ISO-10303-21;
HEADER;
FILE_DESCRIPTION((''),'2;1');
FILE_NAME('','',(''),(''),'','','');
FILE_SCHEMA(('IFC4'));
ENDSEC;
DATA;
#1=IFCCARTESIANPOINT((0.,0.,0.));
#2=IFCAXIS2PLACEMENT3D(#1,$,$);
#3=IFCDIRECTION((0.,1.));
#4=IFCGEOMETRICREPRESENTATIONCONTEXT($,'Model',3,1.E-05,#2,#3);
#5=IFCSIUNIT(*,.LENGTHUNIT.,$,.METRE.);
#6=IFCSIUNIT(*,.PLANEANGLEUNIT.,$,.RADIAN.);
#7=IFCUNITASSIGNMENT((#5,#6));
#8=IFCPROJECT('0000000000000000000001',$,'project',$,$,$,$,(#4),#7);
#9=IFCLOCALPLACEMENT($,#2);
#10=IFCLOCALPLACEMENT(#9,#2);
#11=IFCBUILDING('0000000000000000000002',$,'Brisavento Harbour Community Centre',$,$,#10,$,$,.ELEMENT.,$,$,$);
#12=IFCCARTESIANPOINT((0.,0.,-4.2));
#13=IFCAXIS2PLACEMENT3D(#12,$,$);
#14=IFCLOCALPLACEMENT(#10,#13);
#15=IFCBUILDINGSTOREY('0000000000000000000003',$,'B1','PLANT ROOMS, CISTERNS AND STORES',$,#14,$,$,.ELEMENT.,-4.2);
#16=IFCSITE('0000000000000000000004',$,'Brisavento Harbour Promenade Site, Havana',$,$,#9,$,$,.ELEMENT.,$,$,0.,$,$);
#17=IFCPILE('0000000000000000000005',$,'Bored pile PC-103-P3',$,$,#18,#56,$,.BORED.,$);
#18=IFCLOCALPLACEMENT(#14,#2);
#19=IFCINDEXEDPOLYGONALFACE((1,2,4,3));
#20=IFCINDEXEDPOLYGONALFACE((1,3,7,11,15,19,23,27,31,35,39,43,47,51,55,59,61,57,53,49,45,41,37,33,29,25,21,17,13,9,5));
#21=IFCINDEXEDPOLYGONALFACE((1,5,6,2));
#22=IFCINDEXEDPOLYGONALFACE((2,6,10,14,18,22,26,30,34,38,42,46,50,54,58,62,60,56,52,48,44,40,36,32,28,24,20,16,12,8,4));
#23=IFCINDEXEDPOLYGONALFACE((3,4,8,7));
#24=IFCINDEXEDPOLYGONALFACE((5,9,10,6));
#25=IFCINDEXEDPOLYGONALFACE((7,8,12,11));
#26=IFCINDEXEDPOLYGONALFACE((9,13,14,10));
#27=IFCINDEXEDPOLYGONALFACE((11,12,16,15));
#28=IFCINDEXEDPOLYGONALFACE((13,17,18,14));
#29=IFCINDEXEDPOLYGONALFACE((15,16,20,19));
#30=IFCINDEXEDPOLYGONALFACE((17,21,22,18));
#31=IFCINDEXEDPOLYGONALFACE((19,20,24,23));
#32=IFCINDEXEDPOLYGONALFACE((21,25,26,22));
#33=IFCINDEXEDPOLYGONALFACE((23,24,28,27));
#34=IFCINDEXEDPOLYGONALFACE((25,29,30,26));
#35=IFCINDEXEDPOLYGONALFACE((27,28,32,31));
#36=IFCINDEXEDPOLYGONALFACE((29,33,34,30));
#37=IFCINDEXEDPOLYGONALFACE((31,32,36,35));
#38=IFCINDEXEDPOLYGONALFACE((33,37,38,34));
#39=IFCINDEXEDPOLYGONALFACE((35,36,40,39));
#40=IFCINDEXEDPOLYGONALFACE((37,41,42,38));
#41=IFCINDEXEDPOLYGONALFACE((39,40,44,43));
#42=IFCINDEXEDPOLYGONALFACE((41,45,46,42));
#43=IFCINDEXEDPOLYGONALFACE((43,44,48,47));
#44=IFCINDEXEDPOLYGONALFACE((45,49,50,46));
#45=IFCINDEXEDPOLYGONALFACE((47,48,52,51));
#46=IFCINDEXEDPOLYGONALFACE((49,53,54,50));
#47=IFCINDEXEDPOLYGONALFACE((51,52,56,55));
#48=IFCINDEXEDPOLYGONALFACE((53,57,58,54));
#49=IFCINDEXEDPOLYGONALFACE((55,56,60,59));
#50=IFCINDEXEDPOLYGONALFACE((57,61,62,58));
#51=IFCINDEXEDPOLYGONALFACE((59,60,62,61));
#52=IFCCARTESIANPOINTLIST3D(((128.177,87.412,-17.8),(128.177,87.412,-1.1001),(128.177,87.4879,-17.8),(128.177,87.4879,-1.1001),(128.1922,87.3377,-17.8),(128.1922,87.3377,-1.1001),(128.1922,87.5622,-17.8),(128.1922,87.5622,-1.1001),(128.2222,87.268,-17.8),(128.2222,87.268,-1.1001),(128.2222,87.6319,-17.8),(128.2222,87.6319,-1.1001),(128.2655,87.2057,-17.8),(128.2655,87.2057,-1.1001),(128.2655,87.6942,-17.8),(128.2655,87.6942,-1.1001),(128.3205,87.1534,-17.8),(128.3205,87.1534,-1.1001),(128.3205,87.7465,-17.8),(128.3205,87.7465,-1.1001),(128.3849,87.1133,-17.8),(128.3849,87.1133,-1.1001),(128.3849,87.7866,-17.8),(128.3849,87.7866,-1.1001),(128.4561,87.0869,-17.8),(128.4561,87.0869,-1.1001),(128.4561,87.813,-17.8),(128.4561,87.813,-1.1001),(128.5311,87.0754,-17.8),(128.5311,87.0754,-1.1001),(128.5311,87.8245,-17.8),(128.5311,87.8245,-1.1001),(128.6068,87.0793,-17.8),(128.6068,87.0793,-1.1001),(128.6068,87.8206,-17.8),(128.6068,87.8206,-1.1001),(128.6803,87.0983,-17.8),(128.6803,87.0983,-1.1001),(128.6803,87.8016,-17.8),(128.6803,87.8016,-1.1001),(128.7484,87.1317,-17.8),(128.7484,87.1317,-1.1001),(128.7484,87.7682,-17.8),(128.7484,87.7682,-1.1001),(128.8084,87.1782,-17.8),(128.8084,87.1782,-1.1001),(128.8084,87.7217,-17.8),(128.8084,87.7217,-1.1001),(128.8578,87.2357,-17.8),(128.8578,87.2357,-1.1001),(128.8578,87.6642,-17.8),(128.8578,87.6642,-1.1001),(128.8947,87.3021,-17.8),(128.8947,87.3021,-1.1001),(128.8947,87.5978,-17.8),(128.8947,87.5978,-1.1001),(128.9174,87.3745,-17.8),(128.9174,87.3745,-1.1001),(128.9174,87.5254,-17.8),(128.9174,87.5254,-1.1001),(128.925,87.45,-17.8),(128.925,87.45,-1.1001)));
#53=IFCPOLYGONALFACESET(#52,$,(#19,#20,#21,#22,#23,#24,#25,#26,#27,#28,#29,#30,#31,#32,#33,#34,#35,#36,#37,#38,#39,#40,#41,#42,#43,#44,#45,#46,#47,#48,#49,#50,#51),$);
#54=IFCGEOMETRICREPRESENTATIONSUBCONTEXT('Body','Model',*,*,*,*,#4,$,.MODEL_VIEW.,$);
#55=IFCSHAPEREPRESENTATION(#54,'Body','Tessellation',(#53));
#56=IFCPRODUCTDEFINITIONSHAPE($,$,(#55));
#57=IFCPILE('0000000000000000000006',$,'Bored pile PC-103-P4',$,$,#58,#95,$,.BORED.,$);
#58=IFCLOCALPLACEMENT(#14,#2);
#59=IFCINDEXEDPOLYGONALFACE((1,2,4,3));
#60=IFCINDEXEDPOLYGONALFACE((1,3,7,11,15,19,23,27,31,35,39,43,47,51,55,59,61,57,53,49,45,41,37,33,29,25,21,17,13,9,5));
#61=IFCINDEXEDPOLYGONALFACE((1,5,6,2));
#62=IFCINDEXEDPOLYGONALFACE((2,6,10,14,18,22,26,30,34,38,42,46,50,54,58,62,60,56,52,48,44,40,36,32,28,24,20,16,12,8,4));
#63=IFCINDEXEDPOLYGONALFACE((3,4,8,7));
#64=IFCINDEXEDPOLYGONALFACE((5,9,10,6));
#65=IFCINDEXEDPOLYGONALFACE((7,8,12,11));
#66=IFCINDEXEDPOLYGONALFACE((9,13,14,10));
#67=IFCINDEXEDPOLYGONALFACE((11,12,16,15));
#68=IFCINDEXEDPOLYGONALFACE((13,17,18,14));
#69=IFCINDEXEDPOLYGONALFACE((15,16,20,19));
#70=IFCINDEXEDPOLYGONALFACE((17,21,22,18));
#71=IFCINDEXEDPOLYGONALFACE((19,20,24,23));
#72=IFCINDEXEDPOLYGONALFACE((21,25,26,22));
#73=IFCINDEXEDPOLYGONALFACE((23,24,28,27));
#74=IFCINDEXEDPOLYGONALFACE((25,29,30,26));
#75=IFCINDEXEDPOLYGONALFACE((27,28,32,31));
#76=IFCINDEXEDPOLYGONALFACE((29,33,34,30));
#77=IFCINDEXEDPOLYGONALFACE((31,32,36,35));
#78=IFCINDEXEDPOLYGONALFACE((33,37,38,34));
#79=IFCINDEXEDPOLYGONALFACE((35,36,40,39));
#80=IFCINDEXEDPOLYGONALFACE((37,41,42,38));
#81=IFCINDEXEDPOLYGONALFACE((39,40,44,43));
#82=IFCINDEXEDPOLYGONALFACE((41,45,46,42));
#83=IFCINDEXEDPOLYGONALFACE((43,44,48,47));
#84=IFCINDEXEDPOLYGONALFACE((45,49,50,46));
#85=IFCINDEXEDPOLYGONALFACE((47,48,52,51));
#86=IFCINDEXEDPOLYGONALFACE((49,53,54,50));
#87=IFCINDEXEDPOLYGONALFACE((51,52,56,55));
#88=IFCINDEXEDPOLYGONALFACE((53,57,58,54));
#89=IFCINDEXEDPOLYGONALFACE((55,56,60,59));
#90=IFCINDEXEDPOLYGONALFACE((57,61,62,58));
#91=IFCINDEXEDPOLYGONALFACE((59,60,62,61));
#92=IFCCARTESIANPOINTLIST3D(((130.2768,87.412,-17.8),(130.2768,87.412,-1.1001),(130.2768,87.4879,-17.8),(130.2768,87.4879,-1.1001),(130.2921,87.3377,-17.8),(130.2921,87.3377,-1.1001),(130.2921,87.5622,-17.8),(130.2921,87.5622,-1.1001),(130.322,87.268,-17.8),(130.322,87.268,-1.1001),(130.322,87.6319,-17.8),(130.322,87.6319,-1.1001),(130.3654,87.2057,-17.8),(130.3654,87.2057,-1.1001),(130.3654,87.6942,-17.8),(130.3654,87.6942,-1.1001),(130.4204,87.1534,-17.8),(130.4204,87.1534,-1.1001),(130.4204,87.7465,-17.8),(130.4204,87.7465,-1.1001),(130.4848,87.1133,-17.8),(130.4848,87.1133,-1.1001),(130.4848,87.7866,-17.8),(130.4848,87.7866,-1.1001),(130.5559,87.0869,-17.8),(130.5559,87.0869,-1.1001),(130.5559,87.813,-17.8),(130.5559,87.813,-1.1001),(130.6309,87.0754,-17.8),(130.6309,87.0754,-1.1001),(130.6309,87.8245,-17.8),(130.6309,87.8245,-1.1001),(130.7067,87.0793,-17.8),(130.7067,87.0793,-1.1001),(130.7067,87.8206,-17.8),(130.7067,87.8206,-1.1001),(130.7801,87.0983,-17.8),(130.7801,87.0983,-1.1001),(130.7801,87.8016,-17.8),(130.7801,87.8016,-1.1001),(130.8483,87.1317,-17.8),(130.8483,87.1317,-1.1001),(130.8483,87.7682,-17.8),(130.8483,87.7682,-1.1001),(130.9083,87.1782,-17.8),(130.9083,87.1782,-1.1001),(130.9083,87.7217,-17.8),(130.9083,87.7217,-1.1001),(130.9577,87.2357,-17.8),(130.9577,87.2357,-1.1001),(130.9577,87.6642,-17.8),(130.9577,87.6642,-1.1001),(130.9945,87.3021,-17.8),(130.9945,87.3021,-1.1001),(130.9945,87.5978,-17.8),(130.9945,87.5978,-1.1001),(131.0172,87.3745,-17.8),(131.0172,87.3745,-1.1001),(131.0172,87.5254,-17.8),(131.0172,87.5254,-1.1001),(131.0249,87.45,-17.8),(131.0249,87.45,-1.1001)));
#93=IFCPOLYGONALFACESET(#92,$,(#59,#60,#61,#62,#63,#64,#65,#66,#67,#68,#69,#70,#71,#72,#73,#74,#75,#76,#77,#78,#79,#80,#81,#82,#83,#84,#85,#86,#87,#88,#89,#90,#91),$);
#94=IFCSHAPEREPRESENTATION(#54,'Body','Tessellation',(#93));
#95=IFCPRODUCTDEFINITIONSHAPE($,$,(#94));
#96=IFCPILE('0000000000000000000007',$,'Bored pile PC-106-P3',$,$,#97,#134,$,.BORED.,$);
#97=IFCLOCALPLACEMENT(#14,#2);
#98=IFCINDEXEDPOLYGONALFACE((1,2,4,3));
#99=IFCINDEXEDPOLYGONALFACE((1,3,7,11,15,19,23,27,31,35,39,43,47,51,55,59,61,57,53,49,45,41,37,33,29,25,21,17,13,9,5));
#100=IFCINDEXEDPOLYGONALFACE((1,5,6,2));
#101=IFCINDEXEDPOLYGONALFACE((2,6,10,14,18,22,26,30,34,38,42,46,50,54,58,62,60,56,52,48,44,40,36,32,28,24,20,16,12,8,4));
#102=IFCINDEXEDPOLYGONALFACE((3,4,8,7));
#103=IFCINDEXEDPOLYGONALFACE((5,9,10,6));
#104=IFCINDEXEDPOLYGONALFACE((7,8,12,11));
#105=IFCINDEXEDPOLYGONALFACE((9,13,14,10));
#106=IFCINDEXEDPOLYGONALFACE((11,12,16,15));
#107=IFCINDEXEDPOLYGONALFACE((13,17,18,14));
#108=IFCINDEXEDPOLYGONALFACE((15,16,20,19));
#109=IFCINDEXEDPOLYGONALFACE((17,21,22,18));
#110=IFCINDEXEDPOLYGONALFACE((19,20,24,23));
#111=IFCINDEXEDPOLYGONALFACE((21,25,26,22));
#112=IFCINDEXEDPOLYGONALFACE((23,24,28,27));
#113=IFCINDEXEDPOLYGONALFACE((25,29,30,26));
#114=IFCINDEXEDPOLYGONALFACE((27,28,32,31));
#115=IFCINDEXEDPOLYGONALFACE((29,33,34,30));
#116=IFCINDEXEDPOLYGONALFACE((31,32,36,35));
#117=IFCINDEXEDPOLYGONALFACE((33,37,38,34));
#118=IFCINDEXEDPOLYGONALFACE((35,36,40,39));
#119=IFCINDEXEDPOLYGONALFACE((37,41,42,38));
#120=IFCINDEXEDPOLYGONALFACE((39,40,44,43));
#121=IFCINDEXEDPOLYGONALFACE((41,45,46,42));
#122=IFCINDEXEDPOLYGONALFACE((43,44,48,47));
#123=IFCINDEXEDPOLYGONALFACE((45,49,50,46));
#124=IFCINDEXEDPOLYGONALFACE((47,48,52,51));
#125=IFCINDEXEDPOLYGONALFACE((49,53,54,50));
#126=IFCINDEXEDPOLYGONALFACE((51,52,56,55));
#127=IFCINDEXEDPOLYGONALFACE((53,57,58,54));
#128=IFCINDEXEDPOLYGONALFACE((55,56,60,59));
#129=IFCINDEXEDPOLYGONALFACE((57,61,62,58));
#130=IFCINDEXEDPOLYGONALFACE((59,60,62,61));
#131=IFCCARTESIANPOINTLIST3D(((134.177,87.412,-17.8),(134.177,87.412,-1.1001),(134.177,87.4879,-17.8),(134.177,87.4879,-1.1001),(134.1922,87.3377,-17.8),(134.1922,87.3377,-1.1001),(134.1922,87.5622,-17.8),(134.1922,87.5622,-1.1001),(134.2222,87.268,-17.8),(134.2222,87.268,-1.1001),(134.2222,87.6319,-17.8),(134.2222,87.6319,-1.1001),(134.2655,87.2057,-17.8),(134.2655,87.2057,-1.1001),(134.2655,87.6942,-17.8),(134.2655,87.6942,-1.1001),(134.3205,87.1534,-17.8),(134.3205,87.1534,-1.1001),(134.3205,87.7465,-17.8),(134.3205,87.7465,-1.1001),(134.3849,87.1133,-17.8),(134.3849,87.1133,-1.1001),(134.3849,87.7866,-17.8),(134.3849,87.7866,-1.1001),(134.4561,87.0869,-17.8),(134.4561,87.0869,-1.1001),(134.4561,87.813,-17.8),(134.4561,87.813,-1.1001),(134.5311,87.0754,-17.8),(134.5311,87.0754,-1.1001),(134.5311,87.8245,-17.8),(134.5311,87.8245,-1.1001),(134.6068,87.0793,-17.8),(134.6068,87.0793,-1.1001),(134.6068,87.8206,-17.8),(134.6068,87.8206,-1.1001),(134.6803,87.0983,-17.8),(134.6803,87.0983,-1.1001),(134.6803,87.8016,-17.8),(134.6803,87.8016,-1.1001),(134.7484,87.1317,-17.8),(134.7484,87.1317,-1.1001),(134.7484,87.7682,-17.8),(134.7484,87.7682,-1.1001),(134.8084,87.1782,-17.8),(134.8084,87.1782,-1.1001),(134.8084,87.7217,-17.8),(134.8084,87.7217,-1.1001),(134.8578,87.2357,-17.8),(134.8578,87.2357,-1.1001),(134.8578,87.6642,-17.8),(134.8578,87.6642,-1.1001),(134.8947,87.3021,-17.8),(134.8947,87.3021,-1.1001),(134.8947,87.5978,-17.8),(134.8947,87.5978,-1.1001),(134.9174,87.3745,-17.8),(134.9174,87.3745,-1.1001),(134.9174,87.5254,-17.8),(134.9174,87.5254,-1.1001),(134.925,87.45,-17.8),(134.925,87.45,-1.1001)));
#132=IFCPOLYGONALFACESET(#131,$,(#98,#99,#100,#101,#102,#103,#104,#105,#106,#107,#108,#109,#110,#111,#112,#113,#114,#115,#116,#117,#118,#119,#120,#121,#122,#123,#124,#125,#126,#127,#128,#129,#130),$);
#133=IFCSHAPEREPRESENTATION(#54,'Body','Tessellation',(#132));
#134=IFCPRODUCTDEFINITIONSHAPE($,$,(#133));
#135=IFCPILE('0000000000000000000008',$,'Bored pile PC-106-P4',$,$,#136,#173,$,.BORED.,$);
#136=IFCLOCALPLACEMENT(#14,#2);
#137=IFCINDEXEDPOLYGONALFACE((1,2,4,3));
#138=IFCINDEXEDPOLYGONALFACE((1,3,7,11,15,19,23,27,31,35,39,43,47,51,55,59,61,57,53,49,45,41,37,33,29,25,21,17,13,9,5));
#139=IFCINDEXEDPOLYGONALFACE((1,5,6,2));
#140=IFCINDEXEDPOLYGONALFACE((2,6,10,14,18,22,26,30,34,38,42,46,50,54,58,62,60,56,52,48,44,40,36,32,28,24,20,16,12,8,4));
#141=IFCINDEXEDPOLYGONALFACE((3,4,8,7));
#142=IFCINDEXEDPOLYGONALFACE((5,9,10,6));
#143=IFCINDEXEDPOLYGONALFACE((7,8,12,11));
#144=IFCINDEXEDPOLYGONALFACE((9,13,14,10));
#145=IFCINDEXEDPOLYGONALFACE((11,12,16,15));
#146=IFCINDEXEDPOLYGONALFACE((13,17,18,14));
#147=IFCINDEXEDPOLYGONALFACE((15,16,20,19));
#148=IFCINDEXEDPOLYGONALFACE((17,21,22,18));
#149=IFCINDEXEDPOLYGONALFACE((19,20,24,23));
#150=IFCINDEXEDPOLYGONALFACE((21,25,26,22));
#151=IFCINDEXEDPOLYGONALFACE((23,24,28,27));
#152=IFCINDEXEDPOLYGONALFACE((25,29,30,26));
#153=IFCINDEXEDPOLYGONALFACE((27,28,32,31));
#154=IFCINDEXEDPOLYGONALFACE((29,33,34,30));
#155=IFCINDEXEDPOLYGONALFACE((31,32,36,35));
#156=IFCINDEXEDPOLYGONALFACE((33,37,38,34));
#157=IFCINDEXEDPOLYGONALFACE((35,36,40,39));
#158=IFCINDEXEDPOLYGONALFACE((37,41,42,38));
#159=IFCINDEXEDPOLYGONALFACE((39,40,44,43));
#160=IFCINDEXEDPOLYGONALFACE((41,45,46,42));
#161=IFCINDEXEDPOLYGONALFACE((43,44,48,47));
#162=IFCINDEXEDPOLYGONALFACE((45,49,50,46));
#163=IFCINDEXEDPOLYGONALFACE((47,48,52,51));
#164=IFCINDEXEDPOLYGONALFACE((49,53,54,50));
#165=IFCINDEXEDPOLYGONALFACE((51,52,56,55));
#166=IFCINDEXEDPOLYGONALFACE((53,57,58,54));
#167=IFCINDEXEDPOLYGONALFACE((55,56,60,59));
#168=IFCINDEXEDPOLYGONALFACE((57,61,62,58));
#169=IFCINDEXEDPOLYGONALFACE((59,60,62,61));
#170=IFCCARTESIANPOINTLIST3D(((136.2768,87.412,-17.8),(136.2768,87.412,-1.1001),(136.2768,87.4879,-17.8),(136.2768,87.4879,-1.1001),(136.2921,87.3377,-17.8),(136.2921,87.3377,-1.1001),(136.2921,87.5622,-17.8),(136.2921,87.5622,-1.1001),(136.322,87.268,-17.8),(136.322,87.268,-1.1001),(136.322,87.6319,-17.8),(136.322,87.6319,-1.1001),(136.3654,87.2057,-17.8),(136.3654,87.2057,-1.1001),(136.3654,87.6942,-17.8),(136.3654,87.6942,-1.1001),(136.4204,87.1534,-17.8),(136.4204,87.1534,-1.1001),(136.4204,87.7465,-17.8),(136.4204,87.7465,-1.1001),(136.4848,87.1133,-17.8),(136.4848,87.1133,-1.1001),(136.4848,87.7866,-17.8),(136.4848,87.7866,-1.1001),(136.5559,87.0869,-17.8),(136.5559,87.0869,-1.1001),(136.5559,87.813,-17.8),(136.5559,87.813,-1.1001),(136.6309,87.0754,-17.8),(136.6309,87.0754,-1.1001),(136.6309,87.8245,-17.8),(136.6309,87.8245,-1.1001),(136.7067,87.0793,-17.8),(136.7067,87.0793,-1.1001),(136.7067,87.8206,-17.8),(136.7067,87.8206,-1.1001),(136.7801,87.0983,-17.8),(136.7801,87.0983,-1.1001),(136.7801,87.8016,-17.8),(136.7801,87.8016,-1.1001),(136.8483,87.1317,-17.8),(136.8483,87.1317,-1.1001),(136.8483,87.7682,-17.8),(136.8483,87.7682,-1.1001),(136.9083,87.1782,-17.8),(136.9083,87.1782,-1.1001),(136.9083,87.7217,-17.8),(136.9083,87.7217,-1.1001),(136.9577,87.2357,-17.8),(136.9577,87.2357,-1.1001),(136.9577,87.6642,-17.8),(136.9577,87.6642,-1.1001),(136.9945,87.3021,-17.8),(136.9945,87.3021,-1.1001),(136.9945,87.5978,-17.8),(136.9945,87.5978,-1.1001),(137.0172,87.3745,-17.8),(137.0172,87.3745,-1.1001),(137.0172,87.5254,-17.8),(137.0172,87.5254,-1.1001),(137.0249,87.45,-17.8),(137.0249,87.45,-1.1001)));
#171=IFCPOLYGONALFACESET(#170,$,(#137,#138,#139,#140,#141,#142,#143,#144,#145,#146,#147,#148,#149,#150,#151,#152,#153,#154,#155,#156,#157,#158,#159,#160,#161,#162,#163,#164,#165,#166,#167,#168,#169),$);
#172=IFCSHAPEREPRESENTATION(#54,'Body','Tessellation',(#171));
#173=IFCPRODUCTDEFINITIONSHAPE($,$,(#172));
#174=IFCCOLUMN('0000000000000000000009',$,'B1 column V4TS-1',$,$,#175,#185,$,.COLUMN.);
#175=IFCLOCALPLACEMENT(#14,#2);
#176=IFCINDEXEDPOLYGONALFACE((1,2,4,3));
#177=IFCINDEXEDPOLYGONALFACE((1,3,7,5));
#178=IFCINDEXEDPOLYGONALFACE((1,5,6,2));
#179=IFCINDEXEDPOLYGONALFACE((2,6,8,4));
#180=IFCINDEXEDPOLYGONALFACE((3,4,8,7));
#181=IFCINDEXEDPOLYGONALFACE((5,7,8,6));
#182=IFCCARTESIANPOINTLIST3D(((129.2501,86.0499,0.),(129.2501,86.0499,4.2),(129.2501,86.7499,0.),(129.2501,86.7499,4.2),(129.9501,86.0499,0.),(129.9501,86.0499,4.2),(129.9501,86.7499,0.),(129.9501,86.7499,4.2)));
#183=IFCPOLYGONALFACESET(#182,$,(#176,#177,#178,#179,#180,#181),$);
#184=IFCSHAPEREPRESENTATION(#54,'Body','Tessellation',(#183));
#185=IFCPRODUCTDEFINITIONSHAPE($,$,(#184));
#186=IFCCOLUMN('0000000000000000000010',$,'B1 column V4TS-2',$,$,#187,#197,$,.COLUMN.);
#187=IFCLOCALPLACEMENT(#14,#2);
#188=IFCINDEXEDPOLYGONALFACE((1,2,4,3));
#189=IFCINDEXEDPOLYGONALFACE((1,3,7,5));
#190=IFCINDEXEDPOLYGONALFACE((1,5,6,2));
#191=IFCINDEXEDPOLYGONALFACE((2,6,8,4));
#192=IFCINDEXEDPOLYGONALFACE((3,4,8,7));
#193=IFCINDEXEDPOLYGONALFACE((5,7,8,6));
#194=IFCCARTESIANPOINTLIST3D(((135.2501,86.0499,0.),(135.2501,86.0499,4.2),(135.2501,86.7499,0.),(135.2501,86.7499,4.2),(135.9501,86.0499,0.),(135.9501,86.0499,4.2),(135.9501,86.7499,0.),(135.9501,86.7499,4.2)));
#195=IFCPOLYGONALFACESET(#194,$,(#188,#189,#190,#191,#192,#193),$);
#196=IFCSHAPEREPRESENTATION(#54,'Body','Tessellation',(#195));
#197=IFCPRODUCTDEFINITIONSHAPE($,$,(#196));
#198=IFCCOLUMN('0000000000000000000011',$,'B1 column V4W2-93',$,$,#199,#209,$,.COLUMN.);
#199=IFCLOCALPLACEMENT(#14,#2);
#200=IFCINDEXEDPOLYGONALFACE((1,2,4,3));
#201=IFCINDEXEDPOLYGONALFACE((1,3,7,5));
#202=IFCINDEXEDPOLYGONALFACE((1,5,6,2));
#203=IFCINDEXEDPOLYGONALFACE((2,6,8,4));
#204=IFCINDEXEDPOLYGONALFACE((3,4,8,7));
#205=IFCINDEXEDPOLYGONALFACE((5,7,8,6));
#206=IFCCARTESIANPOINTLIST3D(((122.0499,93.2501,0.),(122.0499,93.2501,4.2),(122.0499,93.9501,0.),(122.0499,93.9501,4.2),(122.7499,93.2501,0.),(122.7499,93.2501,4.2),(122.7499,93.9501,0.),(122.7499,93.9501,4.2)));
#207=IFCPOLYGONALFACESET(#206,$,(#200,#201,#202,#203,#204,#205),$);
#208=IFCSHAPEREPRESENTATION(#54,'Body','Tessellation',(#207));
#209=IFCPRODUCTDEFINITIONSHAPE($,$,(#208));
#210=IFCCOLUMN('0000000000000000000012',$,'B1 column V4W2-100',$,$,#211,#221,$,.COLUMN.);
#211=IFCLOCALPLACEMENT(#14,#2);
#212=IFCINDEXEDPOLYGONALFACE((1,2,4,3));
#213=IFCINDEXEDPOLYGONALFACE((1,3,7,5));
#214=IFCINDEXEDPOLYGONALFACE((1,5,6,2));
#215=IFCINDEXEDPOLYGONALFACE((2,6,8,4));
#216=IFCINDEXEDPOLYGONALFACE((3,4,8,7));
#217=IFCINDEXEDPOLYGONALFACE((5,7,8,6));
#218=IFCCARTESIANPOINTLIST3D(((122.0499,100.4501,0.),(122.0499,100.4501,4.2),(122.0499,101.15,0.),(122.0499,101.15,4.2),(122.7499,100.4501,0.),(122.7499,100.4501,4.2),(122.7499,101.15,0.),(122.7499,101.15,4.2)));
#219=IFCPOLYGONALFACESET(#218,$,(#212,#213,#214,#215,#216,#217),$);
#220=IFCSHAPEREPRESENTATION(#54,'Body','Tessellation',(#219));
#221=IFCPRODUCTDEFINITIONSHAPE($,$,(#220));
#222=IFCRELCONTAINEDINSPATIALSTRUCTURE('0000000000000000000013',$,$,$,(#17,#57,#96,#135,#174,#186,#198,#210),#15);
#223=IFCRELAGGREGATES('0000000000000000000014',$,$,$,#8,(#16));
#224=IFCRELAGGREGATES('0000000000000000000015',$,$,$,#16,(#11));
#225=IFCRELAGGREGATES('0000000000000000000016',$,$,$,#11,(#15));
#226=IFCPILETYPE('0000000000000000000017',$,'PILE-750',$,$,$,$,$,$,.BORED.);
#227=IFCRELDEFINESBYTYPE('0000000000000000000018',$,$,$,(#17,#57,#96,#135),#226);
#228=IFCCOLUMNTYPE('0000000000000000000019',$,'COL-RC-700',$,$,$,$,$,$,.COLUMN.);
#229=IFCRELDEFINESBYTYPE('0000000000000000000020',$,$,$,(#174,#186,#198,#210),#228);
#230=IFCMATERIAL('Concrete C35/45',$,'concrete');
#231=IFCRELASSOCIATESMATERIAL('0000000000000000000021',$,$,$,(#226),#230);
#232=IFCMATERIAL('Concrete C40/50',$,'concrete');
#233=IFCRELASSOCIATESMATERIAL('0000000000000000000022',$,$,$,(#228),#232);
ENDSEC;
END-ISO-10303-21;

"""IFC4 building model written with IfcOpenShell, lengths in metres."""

from ifc_helpers import new_model, si_unit, direction, frame, origin, origin_2d, place, context, subcontext, project, spatial, rectangle, circle, extrude, material, material_profile, profile_set, type_object, element, save


model = new_model("IFC4")

# Units and contexts
model_context = context("Model", 3, precision=1e-05, world=origin(), true_north=direction((0.0, 1.0)))
body_context = subcontext(model_context, "Body", "Model", "MODEL_VIEW")
ifc_project = project(units=[si_unit("LENGTHUNIT", "METRE"), si_unit("PLANEANGLEUNIT", "RADIAN")], contexts=[model_context])

# Site, building, storey
site_placement = place(None, origin())
site = spatial("IfcSite", under=ifc_project, at=site_placement, Name="Brisavento Harbour Promenade Site, Havana", CompositionType="ELEMENT", RefElevation=0.0)
building_placement = place(site_placement, origin())
building = spatial("IfcBuilding", under=site, at=building_placement, Name="Brisavento Harbour Community Centre", CompositionType="ELEMENT")
storey_placement = place(building_placement, frame((0.0, 0.0, -4.2)))
storey = spatial("IfcBuildingStorey", under=building, at=storey_placement, Name="B1", Description="PLANT ROOMS, CISTERNS AND STORES", CompositionType="ELEMENT", Elevation=-4.2)

# Shared definitions
ifc_material_1 = material(Name="Concrete C35/45", Category="concrete")

# Piles
ifc_material_profile_1 = material_profile(ifc_material_1, circle(Radius=0.375, at=origin_2d()), Name="Concrete C35/45")
ifc_profile_set_1 = profile_set([ifc_material_profile_1], Name="Concrete C35/45")
pile_type_1 = type_object("IfcPileType", Name="PILE-750", PredefinedType="BORED", material=ifc_profile_set_1)
for number, where, z_axis, x_axis, name in (
    (1, (128.55, 87.45, -1.1001), (0.0, 0.0, -1.0), (1.0, 0.0, 0.0), "Bored pile PC-103-P3"),
    (2, (130.6499, 87.45, -1.1001), (0.0, 0.0, -1.0), (1.0, 0.0, 0.0), "Bored pile PC-103-P4"),
    (3, (134.55, 87.45, -1.1001), (0.0, 0.0, -1.0), (1.0, 0.0, 0.0), "Bored pile PC-106-P3"),
    (4, (136.6499, 87.45, -1.1001), (0.0, 0.0, -1.0), (1.0, 0.0, 0.0), "Bored pile PC-106-P4"),
):
    element("IfcPile", number, at=place(storey_placement, frame(where, z_axis=z_axis, x_axis=x_axis)), inside=storey, type_object=pile_type_1, Name=name, PredefinedType="BORED", context=body_context, shape_type="SweptSolid", body=[
        extrude(circle(Radius=0.375, at=origin_2d()), origin(), (0.0, 0.0, 1.0), 16.7),
    ])

# Columns
ifc_material_2 = material(Name="Concrete C40/50", Category="concrete")
ifc_material_profile_2 = material_profile(ifc_material_2, rectangle(XDim=0.7, YDim=0.7, at=origin_2d()), Name="Concrete C40/50")
ifc_profile_set_2 = profile_set([ifc_material_profile_2], Name="Concrete C40/50")
column_type = type_object("IfcColumnType", Name="COL-RC-700", PredefinedType="COLUMN", material=ifc_profile_set_2)
for number, where, z_axis, x_axis, name in (
    (5, (129.6001, 86.3999, 0.0), (0.0, 0.0, 1.0), (1.0, 0.0, 0.0), "B1 column V4TS-1"),
    (6, (135.6001, 86.3999, 0.0), (0.0, 0.0, 1.0), (1.0, 0.0, 0.0), "B1 column V4TS-2"),
    (7, (122.3999, 93.6001, 0.0), (0.0, 0.0, 1.0), (1.0, 0.0, 0.0), "B1 column V4W2-93"),
    (8, (122.3999, 100.8, 0.0), (0.0, 0.0, 1.0), (1.0, 0.0, 0.0), "B1 column V4W2-100"),
):
    element("IfcColumn", number, at=place(storey_placement, frame(where, z_axis=z_axis, x_axis=x_axis)), inside=storey, type_object=column_type, Name=name, PredefinedType="COLUMN", context=body_context, shape_type="SweptSolid", body=[
        extrude(rectangle(XDim=0.7, YDim=0.7, at=origin_2d()), origin(), (0.0, 0.0, 1.0), 4.2),
    ])

save(model, "model.ifc")
